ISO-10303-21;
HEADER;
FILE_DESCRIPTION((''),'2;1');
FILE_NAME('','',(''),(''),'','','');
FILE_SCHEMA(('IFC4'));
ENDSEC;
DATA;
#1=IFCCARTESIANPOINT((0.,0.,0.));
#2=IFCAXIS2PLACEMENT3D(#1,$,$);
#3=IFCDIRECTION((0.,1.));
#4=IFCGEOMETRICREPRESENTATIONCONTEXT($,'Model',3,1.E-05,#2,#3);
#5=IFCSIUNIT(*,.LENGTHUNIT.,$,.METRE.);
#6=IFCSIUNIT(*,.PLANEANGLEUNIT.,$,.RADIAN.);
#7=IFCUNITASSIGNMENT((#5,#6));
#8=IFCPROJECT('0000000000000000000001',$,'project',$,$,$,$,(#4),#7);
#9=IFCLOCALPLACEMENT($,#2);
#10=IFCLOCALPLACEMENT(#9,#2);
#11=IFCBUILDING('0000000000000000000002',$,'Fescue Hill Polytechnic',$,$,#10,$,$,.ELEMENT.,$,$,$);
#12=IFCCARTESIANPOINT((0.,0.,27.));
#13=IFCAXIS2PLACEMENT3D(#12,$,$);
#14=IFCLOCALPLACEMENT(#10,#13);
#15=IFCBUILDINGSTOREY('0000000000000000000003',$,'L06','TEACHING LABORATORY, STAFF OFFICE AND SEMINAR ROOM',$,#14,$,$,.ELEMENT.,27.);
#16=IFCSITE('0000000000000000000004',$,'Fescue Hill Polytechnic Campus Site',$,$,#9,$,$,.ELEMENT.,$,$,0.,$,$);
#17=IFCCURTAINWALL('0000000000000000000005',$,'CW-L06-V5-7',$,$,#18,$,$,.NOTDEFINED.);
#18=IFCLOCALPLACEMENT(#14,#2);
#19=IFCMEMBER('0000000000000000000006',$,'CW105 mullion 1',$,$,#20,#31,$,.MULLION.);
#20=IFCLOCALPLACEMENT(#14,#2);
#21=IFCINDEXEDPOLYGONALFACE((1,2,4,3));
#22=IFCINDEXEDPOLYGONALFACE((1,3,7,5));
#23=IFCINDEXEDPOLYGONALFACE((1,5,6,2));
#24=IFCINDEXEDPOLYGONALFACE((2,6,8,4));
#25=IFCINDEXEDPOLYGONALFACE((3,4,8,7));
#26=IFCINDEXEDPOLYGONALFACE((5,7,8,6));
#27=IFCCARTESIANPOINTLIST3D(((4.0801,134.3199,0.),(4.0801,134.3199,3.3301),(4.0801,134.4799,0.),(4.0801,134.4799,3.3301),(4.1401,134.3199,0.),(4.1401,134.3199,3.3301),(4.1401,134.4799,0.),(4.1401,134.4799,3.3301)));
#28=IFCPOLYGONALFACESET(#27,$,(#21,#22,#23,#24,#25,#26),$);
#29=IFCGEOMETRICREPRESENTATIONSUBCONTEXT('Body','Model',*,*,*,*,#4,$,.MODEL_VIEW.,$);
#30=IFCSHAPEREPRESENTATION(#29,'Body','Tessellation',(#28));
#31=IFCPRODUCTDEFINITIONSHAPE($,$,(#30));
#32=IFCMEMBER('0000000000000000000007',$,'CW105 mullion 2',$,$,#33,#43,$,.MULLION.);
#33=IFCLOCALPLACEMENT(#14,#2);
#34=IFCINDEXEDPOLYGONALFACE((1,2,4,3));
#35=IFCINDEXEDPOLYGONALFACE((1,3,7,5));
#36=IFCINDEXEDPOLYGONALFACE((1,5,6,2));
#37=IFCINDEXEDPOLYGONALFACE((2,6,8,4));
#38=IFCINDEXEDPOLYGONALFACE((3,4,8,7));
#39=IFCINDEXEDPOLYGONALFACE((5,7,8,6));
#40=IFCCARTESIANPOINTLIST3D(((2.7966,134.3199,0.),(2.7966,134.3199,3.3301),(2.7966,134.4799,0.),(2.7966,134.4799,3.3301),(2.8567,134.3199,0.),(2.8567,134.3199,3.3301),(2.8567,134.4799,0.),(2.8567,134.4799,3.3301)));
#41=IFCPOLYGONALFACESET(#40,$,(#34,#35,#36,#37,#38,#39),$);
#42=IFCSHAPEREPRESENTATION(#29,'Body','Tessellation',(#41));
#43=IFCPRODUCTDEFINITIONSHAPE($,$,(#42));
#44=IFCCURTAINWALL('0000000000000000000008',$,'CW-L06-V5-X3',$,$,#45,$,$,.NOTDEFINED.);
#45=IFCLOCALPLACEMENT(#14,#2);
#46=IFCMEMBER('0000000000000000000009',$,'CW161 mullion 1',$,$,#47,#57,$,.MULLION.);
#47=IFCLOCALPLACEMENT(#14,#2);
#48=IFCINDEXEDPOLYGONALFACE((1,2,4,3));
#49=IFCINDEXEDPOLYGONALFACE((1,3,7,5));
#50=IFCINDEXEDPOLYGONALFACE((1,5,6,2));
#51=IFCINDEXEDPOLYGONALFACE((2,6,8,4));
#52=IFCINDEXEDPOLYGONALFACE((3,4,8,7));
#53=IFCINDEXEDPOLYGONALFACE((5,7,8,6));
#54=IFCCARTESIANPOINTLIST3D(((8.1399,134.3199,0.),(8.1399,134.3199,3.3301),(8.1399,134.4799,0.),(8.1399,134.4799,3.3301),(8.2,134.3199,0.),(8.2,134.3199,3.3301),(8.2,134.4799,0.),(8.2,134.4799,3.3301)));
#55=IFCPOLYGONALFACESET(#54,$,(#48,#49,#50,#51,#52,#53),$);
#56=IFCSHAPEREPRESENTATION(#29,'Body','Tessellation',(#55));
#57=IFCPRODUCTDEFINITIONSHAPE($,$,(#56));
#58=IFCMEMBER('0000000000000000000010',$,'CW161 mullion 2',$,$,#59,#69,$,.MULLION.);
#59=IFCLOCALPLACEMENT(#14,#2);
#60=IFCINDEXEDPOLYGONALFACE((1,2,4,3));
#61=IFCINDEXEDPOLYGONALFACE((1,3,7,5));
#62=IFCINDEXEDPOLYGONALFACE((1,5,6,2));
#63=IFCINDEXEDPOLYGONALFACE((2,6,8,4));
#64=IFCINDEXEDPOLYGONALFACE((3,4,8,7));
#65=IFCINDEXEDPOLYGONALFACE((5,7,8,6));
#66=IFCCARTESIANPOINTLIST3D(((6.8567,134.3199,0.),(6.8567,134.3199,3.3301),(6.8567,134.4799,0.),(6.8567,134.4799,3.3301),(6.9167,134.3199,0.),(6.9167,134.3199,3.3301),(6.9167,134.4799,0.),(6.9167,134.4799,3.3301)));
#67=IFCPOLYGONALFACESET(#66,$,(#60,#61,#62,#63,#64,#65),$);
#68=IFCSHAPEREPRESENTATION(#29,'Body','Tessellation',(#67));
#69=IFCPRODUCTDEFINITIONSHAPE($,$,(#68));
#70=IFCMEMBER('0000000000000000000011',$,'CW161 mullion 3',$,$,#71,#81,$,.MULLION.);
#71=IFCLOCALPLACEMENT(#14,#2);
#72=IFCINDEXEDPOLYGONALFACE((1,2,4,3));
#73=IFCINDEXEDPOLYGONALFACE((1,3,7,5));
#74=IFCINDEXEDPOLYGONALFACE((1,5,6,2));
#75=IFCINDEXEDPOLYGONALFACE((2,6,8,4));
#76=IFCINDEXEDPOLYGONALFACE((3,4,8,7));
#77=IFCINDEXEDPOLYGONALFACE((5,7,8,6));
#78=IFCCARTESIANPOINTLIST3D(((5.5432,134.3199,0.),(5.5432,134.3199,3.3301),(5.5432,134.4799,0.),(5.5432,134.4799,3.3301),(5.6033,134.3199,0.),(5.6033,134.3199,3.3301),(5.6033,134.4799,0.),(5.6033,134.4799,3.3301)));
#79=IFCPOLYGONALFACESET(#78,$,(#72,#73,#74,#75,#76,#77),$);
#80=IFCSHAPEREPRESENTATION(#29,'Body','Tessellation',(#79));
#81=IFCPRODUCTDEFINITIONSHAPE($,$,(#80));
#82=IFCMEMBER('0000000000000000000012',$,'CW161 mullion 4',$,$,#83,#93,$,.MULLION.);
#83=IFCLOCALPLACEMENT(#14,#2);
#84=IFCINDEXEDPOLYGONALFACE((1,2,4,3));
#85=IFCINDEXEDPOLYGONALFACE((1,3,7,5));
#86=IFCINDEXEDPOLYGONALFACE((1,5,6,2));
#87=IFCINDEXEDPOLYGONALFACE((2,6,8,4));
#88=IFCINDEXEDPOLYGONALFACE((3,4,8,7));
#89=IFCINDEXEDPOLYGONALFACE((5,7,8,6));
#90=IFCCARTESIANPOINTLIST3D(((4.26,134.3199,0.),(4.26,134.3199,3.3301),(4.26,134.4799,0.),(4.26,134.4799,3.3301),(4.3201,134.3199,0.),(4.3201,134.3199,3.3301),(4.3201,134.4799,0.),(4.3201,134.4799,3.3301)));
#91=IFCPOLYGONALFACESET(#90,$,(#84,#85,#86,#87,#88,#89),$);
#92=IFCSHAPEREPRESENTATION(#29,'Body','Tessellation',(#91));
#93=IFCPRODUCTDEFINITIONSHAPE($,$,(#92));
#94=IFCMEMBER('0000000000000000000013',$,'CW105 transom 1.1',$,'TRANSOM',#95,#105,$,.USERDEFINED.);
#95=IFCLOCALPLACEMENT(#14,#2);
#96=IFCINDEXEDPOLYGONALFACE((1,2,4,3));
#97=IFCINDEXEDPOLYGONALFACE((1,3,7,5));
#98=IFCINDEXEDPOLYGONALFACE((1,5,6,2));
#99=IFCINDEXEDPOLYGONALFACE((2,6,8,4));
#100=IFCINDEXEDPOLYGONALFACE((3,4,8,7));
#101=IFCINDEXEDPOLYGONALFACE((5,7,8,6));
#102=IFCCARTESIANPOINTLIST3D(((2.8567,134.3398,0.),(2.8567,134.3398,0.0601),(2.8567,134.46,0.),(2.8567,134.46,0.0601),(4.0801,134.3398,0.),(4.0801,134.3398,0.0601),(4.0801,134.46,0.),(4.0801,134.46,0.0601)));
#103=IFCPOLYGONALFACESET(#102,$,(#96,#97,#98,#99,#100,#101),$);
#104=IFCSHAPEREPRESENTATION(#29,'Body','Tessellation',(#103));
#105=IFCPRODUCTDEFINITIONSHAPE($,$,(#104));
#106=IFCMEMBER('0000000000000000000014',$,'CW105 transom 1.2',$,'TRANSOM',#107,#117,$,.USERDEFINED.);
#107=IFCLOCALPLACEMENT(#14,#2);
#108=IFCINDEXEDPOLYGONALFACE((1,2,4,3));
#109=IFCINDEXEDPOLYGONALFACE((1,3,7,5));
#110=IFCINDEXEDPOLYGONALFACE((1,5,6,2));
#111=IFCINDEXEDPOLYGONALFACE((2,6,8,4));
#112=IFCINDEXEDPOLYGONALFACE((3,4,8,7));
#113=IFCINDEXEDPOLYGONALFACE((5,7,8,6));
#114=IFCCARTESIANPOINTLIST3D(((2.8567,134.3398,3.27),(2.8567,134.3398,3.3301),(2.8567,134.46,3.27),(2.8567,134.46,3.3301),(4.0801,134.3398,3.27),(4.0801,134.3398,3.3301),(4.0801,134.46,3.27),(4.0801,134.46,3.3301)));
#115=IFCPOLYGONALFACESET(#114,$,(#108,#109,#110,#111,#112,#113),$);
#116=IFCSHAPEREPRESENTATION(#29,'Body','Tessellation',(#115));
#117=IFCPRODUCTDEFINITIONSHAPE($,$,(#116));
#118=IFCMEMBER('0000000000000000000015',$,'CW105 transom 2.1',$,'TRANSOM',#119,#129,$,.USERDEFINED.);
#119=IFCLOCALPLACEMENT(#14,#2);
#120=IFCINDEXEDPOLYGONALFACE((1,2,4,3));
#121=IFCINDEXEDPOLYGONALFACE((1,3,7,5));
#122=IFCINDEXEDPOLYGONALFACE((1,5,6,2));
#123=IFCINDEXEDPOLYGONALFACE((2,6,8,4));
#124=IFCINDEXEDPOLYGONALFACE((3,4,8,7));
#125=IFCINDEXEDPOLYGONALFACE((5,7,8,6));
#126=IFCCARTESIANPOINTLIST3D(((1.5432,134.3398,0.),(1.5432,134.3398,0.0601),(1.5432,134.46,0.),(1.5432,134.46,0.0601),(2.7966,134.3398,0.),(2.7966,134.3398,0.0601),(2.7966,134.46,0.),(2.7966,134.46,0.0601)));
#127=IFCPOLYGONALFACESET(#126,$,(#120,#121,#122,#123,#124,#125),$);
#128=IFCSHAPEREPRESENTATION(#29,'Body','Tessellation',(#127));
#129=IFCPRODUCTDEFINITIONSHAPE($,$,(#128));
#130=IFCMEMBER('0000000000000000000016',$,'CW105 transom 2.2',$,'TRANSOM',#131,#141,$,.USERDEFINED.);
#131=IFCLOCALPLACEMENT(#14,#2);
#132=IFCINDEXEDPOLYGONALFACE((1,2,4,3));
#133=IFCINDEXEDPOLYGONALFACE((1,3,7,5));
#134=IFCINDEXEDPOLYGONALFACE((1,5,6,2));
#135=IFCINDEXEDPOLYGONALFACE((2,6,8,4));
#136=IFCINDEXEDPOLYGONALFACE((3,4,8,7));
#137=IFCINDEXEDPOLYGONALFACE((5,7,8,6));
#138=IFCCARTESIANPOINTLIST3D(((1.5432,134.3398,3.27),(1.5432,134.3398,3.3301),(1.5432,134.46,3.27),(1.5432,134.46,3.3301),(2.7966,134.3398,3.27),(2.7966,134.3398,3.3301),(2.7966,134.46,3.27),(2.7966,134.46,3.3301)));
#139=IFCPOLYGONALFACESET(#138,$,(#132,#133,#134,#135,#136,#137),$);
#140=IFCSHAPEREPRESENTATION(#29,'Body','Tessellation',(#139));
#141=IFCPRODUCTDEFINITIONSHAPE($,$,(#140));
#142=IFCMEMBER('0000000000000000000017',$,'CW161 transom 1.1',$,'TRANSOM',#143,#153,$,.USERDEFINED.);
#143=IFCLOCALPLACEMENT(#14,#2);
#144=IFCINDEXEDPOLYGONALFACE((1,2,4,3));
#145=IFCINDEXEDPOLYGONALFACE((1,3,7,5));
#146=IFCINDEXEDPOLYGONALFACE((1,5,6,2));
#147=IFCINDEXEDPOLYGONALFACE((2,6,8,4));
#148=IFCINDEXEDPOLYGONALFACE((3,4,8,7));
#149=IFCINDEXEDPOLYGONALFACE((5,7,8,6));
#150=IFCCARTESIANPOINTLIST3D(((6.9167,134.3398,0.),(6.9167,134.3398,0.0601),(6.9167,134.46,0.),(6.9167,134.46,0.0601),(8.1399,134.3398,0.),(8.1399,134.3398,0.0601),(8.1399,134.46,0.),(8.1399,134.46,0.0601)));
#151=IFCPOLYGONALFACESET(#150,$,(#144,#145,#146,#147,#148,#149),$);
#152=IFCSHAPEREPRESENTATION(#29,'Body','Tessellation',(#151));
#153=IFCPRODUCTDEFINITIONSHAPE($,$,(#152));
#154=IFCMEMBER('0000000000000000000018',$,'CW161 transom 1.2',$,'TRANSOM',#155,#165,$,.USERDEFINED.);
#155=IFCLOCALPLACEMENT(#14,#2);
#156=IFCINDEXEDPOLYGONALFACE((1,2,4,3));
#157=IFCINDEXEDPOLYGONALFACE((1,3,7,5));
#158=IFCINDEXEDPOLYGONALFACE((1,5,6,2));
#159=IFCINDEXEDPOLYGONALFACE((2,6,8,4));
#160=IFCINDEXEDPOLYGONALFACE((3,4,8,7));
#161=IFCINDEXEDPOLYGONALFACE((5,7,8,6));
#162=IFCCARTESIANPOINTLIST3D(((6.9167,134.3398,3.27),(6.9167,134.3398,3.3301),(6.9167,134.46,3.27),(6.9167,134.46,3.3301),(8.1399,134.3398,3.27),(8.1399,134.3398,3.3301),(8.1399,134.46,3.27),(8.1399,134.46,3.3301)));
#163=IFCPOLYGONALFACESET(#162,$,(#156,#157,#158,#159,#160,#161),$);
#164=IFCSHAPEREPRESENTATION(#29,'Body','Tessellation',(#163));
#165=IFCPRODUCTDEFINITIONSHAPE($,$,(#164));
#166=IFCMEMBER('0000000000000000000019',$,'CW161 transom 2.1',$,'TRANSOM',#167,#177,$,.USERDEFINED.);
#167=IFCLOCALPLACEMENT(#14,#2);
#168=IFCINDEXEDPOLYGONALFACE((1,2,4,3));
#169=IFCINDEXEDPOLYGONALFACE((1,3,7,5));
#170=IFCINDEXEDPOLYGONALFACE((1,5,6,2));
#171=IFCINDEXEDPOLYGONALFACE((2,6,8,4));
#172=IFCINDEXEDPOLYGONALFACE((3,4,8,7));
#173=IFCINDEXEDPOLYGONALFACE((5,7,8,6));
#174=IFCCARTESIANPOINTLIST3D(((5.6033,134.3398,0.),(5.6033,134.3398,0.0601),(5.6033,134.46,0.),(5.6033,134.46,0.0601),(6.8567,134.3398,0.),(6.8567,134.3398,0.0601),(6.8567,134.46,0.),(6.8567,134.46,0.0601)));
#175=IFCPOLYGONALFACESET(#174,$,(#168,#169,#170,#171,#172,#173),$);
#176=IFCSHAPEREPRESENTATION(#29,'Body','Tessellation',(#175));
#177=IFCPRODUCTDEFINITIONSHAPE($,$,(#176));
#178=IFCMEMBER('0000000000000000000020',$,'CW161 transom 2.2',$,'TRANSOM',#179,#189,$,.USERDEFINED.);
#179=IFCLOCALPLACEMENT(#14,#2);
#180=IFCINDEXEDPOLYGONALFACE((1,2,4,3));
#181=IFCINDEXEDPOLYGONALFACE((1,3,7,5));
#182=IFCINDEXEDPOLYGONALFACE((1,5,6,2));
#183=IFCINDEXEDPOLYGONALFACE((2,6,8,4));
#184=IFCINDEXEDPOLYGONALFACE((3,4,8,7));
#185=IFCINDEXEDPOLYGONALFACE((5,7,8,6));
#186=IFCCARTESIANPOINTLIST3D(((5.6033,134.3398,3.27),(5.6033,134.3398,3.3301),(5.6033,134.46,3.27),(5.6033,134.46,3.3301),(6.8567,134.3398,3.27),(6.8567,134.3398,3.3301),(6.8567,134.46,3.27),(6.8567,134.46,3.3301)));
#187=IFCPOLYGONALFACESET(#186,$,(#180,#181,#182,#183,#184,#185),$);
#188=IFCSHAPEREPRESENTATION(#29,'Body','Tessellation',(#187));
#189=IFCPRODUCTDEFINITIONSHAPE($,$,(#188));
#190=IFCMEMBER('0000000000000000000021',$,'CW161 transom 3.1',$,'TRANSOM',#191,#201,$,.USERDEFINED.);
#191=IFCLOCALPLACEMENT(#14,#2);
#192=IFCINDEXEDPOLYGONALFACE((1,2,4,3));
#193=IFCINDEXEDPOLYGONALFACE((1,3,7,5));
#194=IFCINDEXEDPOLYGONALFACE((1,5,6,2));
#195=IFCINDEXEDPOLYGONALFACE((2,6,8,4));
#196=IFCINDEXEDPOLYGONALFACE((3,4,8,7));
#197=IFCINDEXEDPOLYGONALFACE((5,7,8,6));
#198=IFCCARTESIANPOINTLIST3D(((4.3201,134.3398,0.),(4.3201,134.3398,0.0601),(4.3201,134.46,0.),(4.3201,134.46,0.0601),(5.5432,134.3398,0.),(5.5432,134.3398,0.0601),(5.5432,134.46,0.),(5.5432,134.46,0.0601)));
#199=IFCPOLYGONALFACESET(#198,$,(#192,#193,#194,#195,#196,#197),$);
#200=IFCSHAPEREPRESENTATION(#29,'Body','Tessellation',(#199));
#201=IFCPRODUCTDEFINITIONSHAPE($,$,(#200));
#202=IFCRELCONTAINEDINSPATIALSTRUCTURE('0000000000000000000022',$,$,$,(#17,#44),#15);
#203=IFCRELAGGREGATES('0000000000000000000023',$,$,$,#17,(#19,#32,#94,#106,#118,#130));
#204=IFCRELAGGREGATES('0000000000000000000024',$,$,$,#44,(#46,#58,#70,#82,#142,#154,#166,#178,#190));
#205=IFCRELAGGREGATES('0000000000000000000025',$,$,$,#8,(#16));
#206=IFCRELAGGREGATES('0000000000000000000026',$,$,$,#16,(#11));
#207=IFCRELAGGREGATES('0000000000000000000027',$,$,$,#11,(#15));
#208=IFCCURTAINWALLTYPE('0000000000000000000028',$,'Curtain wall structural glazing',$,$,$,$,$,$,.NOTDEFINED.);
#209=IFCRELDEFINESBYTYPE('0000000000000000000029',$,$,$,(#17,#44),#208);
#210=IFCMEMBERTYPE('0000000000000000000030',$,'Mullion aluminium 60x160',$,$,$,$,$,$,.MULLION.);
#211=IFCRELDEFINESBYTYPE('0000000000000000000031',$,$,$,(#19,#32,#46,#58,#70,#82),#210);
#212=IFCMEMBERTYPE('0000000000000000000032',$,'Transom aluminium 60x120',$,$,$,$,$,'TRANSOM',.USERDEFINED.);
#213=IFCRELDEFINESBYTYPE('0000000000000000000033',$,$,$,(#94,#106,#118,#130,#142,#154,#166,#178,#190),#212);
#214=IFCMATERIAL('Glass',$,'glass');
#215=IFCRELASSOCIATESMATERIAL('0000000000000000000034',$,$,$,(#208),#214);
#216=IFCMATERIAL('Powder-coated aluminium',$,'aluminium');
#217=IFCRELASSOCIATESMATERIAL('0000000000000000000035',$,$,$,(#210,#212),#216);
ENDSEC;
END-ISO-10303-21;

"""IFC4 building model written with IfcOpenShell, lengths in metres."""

from ifc_helpers import new_model, si_unit, direction, frame, origin, origin_2d, place, context, subcontext, project, spatial, rectangle, extrude, material, material_profile, profile_set, type_object, element, aggregate, save


model = new_model("IFC4")

# Units and contexts
model_context = context("Model", 3, precision=1e-05, world=origin(), true_north=direction((0.0, 1.0)))
body_context = subcontext(model_context, "Body", "Model", "MODEL_VIEW")
ifc_project = project(units=[si_unit("LENGTHUNIT", "METRE"), si_unit("PLANEANGLEUNIT", "RADIAN")], contexts=[model_context])

# Site, building, storey
site_placement = place(None, origin())
site = spatial("IfcSite", under=ifc_project, at=site_placement, Name="Fescue Hill Polytechnic Campus Site", CompositionType="ELEMENT", RefElevation=0.0)
building_placement = place(site_placement, origin())
building = spatial("IfcBuilding", under=site, at=building_placement, Name="Fescue Hill Polytechnic", CompositionType="ELEMENT")
storey_placement = place(building_placement, frame((0.0, 0.0, 27.0)))
storey = spatial("IfcBuildingStorey", under=building, at=storey_placement, Name="L06", Description="TEACHING LABORATORY, STAFF OFFICE AND SEMINAR ROOM", CompositionType="ELEMENT", Elevation=27.0)

# Curtain walls, members
ifc_material_1 = material(Name="Glass", Category="glass")
curtain_wall_type = type_object("IfcCurtainWallType", Name="Curtain wall structural glazing", PredefinedType="NOTDEFINED", material=ifc_material_1)
curtain_wall_1_placement = place(storey_placement, origin())
curtain_wall_1 = element("IfcCurtainWall", 1, at=curtain_wall_1_placement, inside=storey, type_object=curtain_wall_type, Name="CW-L06-V5-7", PredefinedType="NOTDEFINED")
ifc_material_2 = material(Name="Powder-coated aluminium", Category="aluminium")
ifc_material_profile_1 = material_profile(ifc_material_2, rectangle(XDim=0.1599, YDim=0.0601, at=origin_2d()), Name="Mullion aluminium 60x160")
ifc_profile_set_1 = profile_set([ifc_material_profile_1], Name="Powder-coated aluminium")
member_type_1 = type_object("IfcMemberType", Name="Mullion aluminium 60x160", PredefinedType="MULLION", material=ifc_profile_set_1)
member_1_placement = place(storey_placement, frame((4.1101, 134.3999, 0.0), z_axis=(0.0, 0.0, 1.0), x_axis=(0.0, -1.0, 0.0)))
member_1 = element("IfcMember", 2, at=member_1_placement, type_object=member_type_1, Name="CW105 mullion 1", PredefinedType="MULLION", context=body_context, shape_type="SweptSolid", body=[
    extrude(rectangle(XDim=0.1599, YDim=0.0601, at=origin_2d()), origin(), (0.0, 0.0, 1.0), 3.3301),
])
member_2_placement = place(storey_placement, frame((2.8267, 134.3999, 0.0), z_axis=(0.0, 0.0, 1.0), x_axis=(0.0, -1.0, 0.0)))
member_2 = element("IfcMember", 3, at=member_2_placement, type_object=member_type_1, Name="CW105 mullion 2", PredefinedType="MULLION", context=body_context, shape_type="SweptSolid", body=[
    extrude(rectangle(XDim=0.1599, YDim=0.0601, at=origin_2d()), origin(), (0.0, 0.0, 1.0), 3.3301),
])
curtain_wall_2_placement = place(storey_placement, origin())
curtain_wall_2 = element("IfcCurtainWall", 4, at=curtain_wall_2_placement, inside=storey, type_object=curtain_wall_type, Name="CW-L06-V5-X3", PredefinedType="NOTDEFINED")
member_3_placement = place(storey_placement, frame((8.1699, 134.3999, 0.0), z_axis=(0.0, 0.0, 1.0), x_axis=(0.0, -1.0, 0.0)))
member_3 = element("IfcMember", 5, at=member_3_placement, type_object=member_type_1, Name="CW161 mullion 1", PredefinedType="MULLION", context=body_context, shape_type="SweptSolid", body=[
    extrude(rectangle(XDim=0.1599, YDim=0.0601, at=origin_2d()), origin(), (0.0, 0.0, 1.0), 3.3301),
])
member_4_placement = place(storey_placement, frame((6.8867, 134.3999, 0.0), z_axis=(0.0, 0.0, 1.0), x_axis=(0.0, -1.0, 0.0)))
member_4 = element("IfcMember", 6, at=member_4_placement, type_object=member_type_1, Name="CW161 mullion 2", PredefinedType="MULLION", context=body_context, shape_type="SweptSolid", body=[
    extrude(rectangle(XDim=0.1599, YDim=0.0601, at=origin_2d()), origin(), (0.0, 0.0, 1.0), 3.3301),
])
member_5_placement = place(storey_placement, frame((5.5732, 134.3999, 0.0), z_axis=(0.0, 0.0, 1.0), x_axis=(0.0, -1.0, 0.0)))
member_5 = element("IfcMember", 7, at=member_5_placement, type_object=member_type_1, Name="CW161 mullion 3", PredefinedType="MULLION", context=body_context, shape_type="SweptSolid", body=[
    extrude(rectangle(XDim=0.1599, YDim=0.0601, at=origin_2d()), origin(), (0.0, 0.0, 1.0), 3.3301),
])
member_6_placement = place(storey_placement, frame((4.29, 134.3999, 0.0), z_axis=(0.0, 0.0, 1.0), x_axis=(0.0, -1.0, 0.0)))
member_6 = element("IfcMember", 8, at=member_6_placement, type_object=member_type_1, Name="CW161 mullion 4", PredefinedType="MULLION", context=body_context, shape_type="SweptSolid", body=[
    extrude(rectangle(XDim=0.1599, YDim=0.0601, at=origin_2d()), origin(), (0.0, 0.0, 1.0), 3.3301),
])

# Members
ifc_material_profile_2 = material_profile(ifc_material_2, rectangle(XDim=0.1201, YDim=0.0601, at=origin_2d()), Name="Transom aluminium 60x120")
ifc_profile_set_2 = profile_set([ifc_material_profile_2], Name="Powder-coated aluminium")
member_type_2 = type_object("IfcMemberType", Name="Transom aluminium 60x120", ElementType="TRANSOM", PredefinedType="USERDEFINED", material=ifc_profile_set_2)
member_7_placement = place(storey_placement, frame((4.0801, 134.3999, 0.03), z_axis=(-1.0, 0.0, 0.0), x_axis=(0.0, -1.0, 0.0)))
member_7 = element("IfcMember", 9, at=member_7_placement, type_object=member_type_2, Name="CW105 transom 1.1", ObjectType="TRANSOM", PredefinedType="USERDEFINED", context=body_context, shape_type="SweptSolid", body=[
    extrude(rectangle(XDim=0.1201, YDim=0.0601, at=origin_2d()), origin(), (0.0, 0.0, 1.0), 1.2234),
])
member_8_placement = place(storey_placement, frame((4.0801, 134.3999, 3.3), z_axis=(-1.0, 0.0, 0.0), x_axis=(0.0, -1.0, 0.0)))
member_8 = element("IfcMember", 10, at=member_8_placement, type_object=member_type_2, Name="CW105 transom 1.2", ObjectType="TRANSOM", PredefinedType="USERDEFINED", context=body_context, shape_type="SweptSolid", body=[
    extrude(rectangle(XDim=0.1201, YDim=0.0601, at=origin_2d()), origin(), (0.0, 0.0, 1.0), 1.2234),
])
member_9_placement = place(storey_placement, frame((2.7966, 134.3999, 0.03), z_axis=(-1.0, 0.0, 0.0), x_axis=(0.0, -1.0, 0.0)))
member_9 = element("IfcMember", 11, at=member_9_placement, type_object=member_type_2, Name="CW105 transom 2.1", ObjectType="TRANSOM", PredefinedType="USERDEFINED", context=body_context, shape_type="SweptSolid", body=[
    extrude(rectangle(XDim=0.1201, YDim=0.0601, at=origin_2d()), origin(), (0.0, 0.0, 1.0), 1.2534),
])
member_10_placement = place(storey_placement, frame((2.7966, 134.3999, 3.3), z_axis=(-1.0, 0.0, 0.0), x_axis=(0.0, -1.0, 0.0)))
member_10 = element("IfcMember", 12, at=member_10_placement, type_object=member_type_2, Name="CW105 transom 2.2", ObjectType="TRANSOM", PredefinedType="USERDEFINED", context=body_context, shape_type="SweptSolid", body=[
    extrude(rectangle(XDim=0.1201, YDim=0.0601, at=origin_2d()), origin(), (0.0, 0.0, 1.0), 1.2534),
])
member_11_placement = place(storey_placement, frame((8.1399, 134.3999, 0.03), z_axis=(-1.0, 0.0, 0.0), x_axis=(0.0, -1.0, 0.0)))
member_11 = element("IfcMember", 13, at=member_11_placement, type_object=member_type_2, Name="CW161 transom 1.1", ObjectType="TRANSOM", PredefinedType="USERDEFINED", context=body_context, shape_type="SweptSolid", body=[
    extrude(rectangle(XDim=0.1201, YDim=0.0601, at=origin_2d()), origin(), (0.0, 0.0, 1.0), 1.2231),
])
member_12_placement = place(storey_placement, frame((8.1399, 134.3999, 3.3), z_axis=(-1.0, 0.0, 0.0), x_axis=(0.0, -1.0, 0.0)))
member_12 = element("IfcMember", 14, at=member_12_placement, type_object=member_type_2, Name="CW161 transom 1.2", ObjectType="TRANSOM", PredefinedType="USERDEFINED", context=body_context, shape_type="SweptSolid", body=[
    extrude(rectangle(XDim=0.1201, YDim=0.0601, at=origin_2d()), origin(), (0.0, 0.0, 1.0), 1.2231),
])
member_13_placement = place(storey_placement, frame((6.8567, 134.3999, 0.03), z_axis=(-1.0, 0.0, 0.0), x_axis=(0.0, -1.0, 0.0)))
member_13 = element("IfcMember", 15, at=member_13_placement, type_object=member_type_2, Name="CW161 transom 2.1", ObjectType="TRANSOM", PredefinedType="USERDEFINED", context=body_context, shape_type="SweptSolid", body=[
    extrude(rectangle(XDim=0.1201, YDim=0.0601, at=origin_2d()), origin(), (0.0, 0.0, 1.0), 1.2534),
])
member_14_placement = place(storey_placement, frame((6.8567, 134.3999, 3.3), z_axis=(-1.0, 0.0, 0.0), x_axis=(0.0, -1.0, 0.0)))
member_14 = element("IfcMember", 16, at=member_14_placement, type_object=member_type_2, Name="CW161 transom 2.2", ObjectType="TRANSOM", PredefinedType="USERDEFINED", context=body_context, shape_type="SweptSolid", body=[
    extrude(rectangle(XDim=0.1201, YDim=0.0601, at=origin_2d()), origin(), (0.0, 0.0, 1.0), 1.2534),
])
member_15_placement = place(storey_placement, frame((5.5432, 134.3999, 0.03), z_axis=(-1.0, 0.0, 0.0), x_axis=(0.0, -1.0, 0.0)))
member_15 = element("IfcMember", 17, at=member_15_placement, type_object=member_type_2, Name="CW161 transom 3.1", ObjectType="TRANSOM", PredefinedType="USERDEFINED", context=body_context, shape_type="SweptSolid", body=[
    extrude(rectangle(XDim=0.1201, YDim=0.0601, at=origin_2d()), origin(), (0.0, 0.0, 1.0), 1.2231),
])

aggregate(curtain_wall_1, [member_1, member_2, member_7, member_8, member_9, member_10])
aggregate(curtain_wall_2, [member_3, member_4, member_5, member_6, member_11, member_12, member_13, member_14, member_15])

save(model, "model.ifc")
